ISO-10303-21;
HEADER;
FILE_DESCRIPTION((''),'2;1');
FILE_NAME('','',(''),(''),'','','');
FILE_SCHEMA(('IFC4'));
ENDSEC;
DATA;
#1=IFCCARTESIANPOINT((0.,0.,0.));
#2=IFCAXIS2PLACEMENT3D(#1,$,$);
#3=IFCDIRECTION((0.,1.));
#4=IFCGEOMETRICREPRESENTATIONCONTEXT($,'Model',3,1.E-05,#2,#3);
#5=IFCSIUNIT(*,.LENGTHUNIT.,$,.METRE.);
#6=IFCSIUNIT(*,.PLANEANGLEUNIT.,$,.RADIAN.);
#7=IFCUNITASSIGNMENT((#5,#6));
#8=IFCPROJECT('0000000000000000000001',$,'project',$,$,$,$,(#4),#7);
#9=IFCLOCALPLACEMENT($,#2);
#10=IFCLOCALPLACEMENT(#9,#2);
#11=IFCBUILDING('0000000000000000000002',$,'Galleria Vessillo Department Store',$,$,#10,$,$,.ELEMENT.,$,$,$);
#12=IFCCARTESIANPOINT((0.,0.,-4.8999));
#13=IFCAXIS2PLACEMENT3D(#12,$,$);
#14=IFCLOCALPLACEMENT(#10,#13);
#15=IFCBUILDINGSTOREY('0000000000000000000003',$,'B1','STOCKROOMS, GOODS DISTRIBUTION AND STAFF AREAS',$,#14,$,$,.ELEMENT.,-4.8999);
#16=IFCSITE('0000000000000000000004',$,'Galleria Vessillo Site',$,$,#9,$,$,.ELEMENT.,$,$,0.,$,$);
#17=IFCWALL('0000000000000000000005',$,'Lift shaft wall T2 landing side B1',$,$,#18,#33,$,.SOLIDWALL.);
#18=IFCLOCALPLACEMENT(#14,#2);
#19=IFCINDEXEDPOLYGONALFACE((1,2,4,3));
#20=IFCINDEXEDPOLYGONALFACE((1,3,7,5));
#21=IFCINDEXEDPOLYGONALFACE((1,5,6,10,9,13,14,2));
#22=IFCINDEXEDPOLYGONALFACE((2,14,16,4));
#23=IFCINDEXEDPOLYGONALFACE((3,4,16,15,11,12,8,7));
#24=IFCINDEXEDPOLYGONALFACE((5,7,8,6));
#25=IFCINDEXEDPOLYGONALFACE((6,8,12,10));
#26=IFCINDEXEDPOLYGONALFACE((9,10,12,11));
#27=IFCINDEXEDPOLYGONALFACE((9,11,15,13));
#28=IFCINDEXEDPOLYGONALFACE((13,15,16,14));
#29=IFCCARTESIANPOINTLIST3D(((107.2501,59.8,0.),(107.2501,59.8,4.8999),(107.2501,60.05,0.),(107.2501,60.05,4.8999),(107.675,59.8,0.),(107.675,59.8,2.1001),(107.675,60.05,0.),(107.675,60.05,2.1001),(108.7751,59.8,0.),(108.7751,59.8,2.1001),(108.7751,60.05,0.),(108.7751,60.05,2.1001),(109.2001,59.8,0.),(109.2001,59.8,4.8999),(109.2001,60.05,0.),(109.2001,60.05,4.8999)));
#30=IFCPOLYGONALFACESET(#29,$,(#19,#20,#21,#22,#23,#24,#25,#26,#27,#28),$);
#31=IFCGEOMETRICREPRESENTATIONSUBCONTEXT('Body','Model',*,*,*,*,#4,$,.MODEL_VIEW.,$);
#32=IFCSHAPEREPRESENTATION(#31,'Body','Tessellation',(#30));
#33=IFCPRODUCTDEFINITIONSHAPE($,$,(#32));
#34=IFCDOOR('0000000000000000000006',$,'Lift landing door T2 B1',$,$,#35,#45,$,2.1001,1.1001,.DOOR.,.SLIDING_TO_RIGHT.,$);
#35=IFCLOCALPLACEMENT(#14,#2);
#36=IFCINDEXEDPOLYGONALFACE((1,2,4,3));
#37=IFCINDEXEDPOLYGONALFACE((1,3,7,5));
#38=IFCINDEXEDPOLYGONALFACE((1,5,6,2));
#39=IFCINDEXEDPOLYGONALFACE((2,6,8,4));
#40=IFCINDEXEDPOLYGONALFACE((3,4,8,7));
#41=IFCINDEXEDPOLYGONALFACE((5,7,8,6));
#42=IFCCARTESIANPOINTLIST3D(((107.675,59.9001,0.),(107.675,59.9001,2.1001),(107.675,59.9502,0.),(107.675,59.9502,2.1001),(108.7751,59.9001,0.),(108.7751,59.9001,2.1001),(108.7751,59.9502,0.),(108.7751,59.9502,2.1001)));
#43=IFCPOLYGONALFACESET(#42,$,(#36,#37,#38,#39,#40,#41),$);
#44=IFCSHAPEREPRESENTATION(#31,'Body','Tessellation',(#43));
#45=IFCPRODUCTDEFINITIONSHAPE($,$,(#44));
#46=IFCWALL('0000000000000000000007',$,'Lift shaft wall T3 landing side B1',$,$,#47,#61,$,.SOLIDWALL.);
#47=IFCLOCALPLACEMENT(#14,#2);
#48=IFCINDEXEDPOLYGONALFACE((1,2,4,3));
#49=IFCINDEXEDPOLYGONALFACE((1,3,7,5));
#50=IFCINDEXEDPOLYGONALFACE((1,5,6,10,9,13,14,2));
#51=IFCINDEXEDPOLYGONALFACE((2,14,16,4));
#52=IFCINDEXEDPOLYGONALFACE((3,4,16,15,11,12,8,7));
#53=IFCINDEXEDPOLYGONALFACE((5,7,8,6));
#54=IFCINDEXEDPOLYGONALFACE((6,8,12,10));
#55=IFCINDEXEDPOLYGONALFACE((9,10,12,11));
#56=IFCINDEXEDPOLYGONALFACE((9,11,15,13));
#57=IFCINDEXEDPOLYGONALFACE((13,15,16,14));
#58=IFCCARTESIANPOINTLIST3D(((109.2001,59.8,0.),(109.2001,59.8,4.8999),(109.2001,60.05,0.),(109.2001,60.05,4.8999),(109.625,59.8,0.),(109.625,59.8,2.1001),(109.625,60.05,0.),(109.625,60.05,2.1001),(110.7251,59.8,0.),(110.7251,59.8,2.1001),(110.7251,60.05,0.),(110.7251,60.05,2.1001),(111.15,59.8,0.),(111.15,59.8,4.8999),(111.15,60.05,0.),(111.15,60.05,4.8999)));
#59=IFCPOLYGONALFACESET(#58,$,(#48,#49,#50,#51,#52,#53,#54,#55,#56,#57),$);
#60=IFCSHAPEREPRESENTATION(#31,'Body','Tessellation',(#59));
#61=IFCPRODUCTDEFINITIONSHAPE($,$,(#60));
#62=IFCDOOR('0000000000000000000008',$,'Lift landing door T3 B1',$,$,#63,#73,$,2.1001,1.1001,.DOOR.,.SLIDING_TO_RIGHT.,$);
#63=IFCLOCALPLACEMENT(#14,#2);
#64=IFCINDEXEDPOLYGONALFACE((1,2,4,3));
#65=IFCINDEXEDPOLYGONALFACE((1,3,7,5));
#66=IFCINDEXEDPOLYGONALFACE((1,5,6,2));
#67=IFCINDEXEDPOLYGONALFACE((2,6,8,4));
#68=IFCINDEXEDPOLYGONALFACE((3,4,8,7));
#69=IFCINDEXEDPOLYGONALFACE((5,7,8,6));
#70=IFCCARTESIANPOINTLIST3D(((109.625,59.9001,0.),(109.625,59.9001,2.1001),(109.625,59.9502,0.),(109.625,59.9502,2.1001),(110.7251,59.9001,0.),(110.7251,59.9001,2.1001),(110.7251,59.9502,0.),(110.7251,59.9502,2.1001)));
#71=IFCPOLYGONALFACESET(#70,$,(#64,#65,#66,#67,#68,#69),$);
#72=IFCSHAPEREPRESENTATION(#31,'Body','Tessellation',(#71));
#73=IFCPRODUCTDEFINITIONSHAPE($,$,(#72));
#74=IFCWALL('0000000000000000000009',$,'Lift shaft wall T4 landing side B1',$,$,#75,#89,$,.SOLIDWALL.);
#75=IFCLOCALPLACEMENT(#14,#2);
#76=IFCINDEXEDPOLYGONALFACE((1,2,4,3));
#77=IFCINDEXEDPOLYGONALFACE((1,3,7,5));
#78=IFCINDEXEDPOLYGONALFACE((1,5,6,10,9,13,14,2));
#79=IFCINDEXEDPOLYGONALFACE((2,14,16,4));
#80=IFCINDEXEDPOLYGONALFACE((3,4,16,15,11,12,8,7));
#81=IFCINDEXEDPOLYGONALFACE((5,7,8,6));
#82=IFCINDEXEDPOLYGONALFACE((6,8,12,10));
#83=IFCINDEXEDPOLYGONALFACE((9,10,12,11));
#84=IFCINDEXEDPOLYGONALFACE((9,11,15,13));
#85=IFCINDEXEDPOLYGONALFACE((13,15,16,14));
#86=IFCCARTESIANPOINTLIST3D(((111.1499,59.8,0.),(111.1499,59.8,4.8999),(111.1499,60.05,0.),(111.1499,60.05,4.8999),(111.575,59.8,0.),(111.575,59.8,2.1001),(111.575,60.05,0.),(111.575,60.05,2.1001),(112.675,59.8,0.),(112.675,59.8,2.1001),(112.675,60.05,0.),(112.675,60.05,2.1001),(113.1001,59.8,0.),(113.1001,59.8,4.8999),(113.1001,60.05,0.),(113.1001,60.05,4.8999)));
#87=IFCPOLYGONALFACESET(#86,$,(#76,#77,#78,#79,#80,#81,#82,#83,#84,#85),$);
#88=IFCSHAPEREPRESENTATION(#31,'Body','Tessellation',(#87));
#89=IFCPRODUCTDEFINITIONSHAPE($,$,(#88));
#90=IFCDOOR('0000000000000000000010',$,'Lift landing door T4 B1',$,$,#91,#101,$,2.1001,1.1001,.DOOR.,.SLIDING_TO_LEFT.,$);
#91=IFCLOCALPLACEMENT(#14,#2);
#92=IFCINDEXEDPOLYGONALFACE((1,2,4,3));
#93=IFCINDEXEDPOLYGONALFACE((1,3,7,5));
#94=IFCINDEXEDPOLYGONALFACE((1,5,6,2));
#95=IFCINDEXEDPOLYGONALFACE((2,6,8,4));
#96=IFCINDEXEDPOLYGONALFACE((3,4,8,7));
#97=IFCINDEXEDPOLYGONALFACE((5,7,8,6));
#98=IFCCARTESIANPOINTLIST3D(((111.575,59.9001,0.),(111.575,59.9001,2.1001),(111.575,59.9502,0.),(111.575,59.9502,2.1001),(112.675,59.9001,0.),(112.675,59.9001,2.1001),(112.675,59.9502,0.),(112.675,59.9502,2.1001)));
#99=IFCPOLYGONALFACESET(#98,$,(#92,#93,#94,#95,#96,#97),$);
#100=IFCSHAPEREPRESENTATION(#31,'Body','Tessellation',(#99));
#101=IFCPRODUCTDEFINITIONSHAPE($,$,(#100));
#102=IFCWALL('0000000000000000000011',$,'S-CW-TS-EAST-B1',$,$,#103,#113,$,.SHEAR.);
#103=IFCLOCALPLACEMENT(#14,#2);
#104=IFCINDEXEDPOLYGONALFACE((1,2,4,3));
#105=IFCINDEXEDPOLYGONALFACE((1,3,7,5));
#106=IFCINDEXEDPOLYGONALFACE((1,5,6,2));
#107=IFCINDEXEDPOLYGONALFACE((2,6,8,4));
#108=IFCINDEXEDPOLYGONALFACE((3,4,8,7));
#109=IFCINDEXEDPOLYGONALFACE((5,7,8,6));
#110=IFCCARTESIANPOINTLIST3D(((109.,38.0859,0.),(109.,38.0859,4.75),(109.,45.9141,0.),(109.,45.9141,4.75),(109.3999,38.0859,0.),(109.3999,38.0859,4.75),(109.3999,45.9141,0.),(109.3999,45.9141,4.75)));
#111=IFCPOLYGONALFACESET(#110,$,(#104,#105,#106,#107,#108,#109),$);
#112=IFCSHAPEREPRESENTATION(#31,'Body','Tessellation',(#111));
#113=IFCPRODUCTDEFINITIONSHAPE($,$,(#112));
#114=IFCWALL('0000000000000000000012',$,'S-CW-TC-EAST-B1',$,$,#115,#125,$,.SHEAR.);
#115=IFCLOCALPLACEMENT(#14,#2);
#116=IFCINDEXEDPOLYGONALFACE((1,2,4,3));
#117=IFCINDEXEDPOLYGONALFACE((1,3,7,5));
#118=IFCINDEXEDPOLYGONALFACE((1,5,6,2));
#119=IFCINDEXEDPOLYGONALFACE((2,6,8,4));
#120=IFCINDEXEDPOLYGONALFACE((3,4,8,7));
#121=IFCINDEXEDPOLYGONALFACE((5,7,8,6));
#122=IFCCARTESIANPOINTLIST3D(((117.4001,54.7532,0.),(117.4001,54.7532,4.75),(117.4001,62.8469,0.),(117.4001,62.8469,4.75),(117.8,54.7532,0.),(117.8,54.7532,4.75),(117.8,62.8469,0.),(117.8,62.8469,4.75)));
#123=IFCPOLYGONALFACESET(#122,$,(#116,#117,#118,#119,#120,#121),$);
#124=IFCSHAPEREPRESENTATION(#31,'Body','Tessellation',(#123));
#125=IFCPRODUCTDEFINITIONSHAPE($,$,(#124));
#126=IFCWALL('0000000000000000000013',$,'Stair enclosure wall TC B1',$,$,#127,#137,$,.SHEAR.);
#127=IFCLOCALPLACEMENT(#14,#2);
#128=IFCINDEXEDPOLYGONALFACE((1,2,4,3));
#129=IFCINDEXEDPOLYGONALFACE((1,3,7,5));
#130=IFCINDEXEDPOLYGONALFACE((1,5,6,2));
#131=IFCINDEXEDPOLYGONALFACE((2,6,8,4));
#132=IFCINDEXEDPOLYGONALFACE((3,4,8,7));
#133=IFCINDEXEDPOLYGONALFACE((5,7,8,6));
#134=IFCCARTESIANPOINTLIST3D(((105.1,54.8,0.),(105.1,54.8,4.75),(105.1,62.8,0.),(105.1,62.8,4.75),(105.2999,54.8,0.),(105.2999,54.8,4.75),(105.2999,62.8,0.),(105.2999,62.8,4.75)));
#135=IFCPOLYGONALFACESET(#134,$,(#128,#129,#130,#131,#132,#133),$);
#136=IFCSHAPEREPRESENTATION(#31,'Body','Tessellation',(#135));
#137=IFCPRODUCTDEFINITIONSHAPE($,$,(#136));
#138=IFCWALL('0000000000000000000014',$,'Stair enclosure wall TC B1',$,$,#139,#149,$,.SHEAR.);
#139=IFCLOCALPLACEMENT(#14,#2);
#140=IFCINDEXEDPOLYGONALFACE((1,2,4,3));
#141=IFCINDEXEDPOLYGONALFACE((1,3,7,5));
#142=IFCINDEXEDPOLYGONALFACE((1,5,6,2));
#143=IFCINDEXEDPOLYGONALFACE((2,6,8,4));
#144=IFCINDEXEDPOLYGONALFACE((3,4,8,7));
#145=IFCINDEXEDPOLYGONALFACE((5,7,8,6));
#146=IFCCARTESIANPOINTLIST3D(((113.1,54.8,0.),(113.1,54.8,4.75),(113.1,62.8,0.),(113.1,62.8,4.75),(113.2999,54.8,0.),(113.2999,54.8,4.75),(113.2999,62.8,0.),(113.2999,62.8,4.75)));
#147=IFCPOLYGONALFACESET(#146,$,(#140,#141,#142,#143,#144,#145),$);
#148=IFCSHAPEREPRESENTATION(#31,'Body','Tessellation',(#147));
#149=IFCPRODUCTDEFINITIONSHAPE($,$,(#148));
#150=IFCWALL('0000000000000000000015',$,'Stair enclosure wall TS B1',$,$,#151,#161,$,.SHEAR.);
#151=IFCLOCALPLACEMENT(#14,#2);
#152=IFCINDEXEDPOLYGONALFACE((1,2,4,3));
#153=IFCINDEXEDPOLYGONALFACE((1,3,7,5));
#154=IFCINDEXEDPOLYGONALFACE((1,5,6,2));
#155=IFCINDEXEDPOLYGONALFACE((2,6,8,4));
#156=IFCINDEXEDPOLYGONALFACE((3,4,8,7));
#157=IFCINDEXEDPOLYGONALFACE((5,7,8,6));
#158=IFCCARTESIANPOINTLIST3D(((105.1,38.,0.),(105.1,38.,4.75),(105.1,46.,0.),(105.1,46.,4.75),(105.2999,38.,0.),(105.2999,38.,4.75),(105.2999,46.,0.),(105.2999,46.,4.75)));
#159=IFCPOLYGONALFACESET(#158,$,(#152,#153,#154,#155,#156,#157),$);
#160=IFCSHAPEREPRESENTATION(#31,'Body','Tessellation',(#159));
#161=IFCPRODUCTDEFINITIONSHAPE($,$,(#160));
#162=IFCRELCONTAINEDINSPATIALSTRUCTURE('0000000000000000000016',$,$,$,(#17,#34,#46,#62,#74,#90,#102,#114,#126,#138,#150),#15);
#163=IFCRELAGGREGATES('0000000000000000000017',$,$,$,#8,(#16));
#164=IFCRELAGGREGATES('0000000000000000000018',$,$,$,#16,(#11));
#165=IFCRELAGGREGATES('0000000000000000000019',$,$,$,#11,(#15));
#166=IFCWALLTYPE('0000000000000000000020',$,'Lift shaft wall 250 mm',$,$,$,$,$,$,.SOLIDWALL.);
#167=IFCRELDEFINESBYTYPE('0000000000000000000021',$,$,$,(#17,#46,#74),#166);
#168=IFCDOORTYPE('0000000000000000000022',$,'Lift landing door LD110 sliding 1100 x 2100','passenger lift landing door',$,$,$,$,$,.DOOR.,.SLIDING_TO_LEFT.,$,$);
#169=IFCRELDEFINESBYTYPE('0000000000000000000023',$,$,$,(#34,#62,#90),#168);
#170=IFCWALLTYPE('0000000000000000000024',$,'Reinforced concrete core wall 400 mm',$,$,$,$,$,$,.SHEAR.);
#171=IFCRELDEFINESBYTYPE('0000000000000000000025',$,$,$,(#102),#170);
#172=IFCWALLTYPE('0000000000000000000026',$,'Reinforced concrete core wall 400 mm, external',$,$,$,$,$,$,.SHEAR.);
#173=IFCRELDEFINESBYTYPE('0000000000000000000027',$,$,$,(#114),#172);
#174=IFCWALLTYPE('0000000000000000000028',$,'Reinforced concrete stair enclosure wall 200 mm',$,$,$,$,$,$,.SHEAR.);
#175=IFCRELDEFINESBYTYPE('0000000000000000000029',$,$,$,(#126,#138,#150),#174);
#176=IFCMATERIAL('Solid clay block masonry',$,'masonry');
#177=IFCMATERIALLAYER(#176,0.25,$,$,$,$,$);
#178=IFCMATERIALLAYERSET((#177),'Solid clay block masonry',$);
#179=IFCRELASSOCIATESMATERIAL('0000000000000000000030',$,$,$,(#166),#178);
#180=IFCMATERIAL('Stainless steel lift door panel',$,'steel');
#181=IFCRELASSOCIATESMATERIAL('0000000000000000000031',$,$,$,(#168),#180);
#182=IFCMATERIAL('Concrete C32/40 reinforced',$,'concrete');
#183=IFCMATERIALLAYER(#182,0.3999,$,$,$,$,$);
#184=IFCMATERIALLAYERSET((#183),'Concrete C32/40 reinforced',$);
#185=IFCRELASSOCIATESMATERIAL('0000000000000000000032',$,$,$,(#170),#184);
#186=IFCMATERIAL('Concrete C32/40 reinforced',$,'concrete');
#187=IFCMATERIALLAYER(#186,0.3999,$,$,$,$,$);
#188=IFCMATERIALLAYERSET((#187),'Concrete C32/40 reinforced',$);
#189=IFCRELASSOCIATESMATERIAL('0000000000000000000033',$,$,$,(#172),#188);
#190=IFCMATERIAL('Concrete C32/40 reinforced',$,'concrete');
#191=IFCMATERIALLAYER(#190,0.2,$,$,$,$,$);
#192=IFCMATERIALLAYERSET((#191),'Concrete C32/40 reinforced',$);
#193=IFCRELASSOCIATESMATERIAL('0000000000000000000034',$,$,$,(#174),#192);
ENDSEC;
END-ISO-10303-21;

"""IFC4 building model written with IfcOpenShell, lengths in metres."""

from ifc_helpers import new_model, si_unit, direction, frame, frame_2d, origin, place, context, subcontext, project, spatial, rectangle, extrude, material, layer, layer_set, type_object, element, fill, save


model = new_model("IFC4")

# Units and contexts
model_context = context("Model", 3, precision=1e-05, world=origin(), true_north=direction((0.0, 1.0)))
body_context = subcontext(model_context, "Body", "Model", "MODEL_VIEW")
ifc_project = project(units=[si_unit("LENGTHUNIT", "METRE"), si_unit("PLANEANGLEUNIT", "RADIAN")], contexts=[model_context])

# Site, building, storey
site_placement = place(None, origin())
site = spatial("IfcSite", under=ifc_project, at=site_placement, Name="Galleria Vessillo Site", CompositionType="ELEMENT", RefElevation=0.0)
building_placement = place(site_placement, origin())
building = spatial("IfcBuilding", under=site, at=building_placement, Name="Galleria Vessillo Department Store", CompositionType="ELEMENT")
storey_placement = place(building_placement, frame((0.0, 0.0, -4.8999)))
storey = spatial("IfcBuildingStorey", under=building, at=storey_placement, Name="B1", Description="STOCKROOMS, GOODS DISTRIBUTION AND STAFF AREAS", CompositionType="ELEMENT", Elevation=-4.8999)

# Walls, openings, doors
ifc_material_1 = material(Name="Solid clay block masonry", Category="masonry")
ifc_layer_1 = layer(ifc_material_1, 0.25)
ifc_layer_set_1 = layer_set([ifc_layer_1], Name="Solid clay block masonry")
wall_type_1 = type_object("IfcWallType", Name="Lift shaft wall 250 mm", PredefinedType="SOLIDWALL", material=ifc_layer_set_1)
ifc_material_2 = material(Name="Stainless steel lift door panel", Category="steel")
door_type = type_object("IfcDoorType", Name="Lift landing door LD110 sliding 1100 x 2100", Description="passenger lift landing door", OperationType="SLIDING_TO_LEFT", PredefinedType="DOOR", material=ifc_material_2)
wall_1_placement = place(storey_placement, frame((107.25, 59.925, 0.0), z_axis=(0.0, 0.0, 1.0), x_axis=(1.0, 0.0, 0.0)))
wall_1 = element("IfcWall", 1, at=wall_1_placement, inside=storey, type_object=wall_type_1, Name="Lift shaft wall T2 landing side B1", PredefinedType="SOLIDWALL", context=body_context, shape_type="SweptSolid", body=[
    extrude(rectangle(XDim=1.95, YDim=0.25, at=frame_2d((0.9751, 0.0))), origin(), (0.0, 0.0, 1.0), 4.8999),
])
opening_1_placement = place(wall_1_placement, frame((0.425, 0.0, 0.0)))
opening_1 = element("IfcOpeningElement", 2, at=opening_1_placement, cuts=wall_1, PredefinedType="OPENING", context=body_context, shape_type="SweptSolid", body=[
    extrude(rectangle(XDim=1.1001, YDim=2.1001, at=frame_2d((0.55, 1.05))), frame((0.0, 0.135, 0.0), z_axis=(0.0, -1.0, 0.0), x_axis=(1.0, 0.0, 0.0)), (0.0, 0.0, 1.0), 0.27),
])
door_1_placement = place(opening_1_placement, frame((1.1001, 0.0, 0.0), z_axis=(0.0, 0.0, 1.0), x_axis=(-1.0, 0.0, 0.0)))
door_1 = element("IfcDoor", 3, at=door_1_placement, inside=storey, type_object=door_type, Name="Lift landing door T2 B1", OperationType="SLIDING_TO_RIGHT", OverallHeight=2.1001, OverallWidth=1.1001, PredefinedType="DOOR", context=body_context, shape_type="SweptSolid", body=[
    extrude(rectangle(XDim=1.1001, YDim=2.1001, at=frame_2d((0.55, 1.05))), frame((0.0, 0.0249, 0.0), z_axis=(0.0, -1.0, 0.0), x_axis=(1.0, 0.0, 0.0)), (0.0, 0.0, 1.0), 0.05),
])
fill(opening_1, door_1)
wall_2_placement = place(storey_placement, frame((109.2, 59.925, 0.0), z_axis=(0.0, 0.0, 1.0), x_axis=(1.0, 0.0, 0.0)))
wall_2 = element("IfcWall", 4, at=wall_2_placement, inside=storey, type_object=wall_type_1, Name="Lift shaft wall T3 landing side B1", PredefinedType="SOLIDWALL", context=body_context, shape_type="SweptSolid", body=[
    extrude(rectangle(XDim=1.95, YDim=0.25, at=frame_2d((0.9751, 0.0))), origin(), (0.0, 0.0, 1.0), 4.8999),
])
opening_2_placement = place(wall_2_placement, frame((0.425, 0.0, 0.0)))
opening_2 = element("IfcOpeningElement", 5, at=opening_2_placement, cuts=wall_2, PredefinedType="OPENING", context=body_context, shape_type="SweptSolid", body=[
    extrude(rectangle(XDim=1.1001, YDim=2.1001, at=frame_2d((0.55, 1.05))), frame((0.0, 0.135, 0.0), z_axis=(0.0, -1.0, 0.0), x_axis=(1.0, 0.0, 0.0)), (0.0, 0.0, 1.0), 0.27),
])
door_2_placement = place(opening_2_placement, frame((1.1001, 0.0, 0.0), z_axis=(0.0, 0.0, 1.0), x_axis=(-1.0, 0.0, 0.0)))
door_2 = element("IfcDoor", 6, at=door_2_placement, inside=storey, type_object=door_type, Name="Lift landing door T3 B1", OperationType="SLIDING_TO_RIGHT", OverallHeight=2.1001, OverallWidth=1.1001, PredefinedType="DOOR", context=body_context, shape_type="SweptSolid", body=[
    extrude(rectangle(XDim=1.1001, YDim=2.1001, at=frame_2d((0.55, 1.05))), frame((0.0, 0.0249, 0.0), z_axis=(0.0, -1.0, 0.0), x_axis=(1.0, 0.0, 0.0)), (0.0, 0.0, 1.0), 0.05),
])
fill(opening_2, door_2)
wall_3_placement = place(storey_placement, frame((111.1499, 59.925, 0.0), z_axis=(0.0, 0.0, 1.0), x_axis=(1.0, 0.0, 0.0)))
wall_3 = element("IfcWall", 7, at=wall_3_placement, inside=storey, type_object=wall_type_1, Name="Lift shaft wall T4 landing side B1", PredefinedType="SOLIDWALL", context=body_context, shape_type="SweptSolid", body=[
    extrude(rectangle(XDim=1.9502, YDim=0.25, at=frame_2d((0.9751, 0.0))), origin(), (0.0, 0.0, 1.0), 4.8999),
])
opening_3_placement = place(wall_3_placement, frame((0.425, 0.0, 0.0)))
opening_3 = element("IfcOpeningElement", 8, at=opening_3_placement, cuts=wall_3, PredefinedType="OPENING", context=body_context, shape_type="SweptSolid", body=[
    extrude(rectangle(XDim=1.1001, YDim=2.1001, at=frame_2d((0.55, 1.05))), frame((0.0, 0.135, 0.0), z_axis=(0.0, -1.0, 0.0), x_axis=(1.0, 0.0, 0.0)), (0.0, 0.0, 1.0), 0.27),
])
door_3_placement = place(opening_3_placement, frame((1.1001, 0.0, 0.0), z_axis=(0.0, 0.0, 1.0), x_axis=(-1.0, 0.0, 0.0)))
door_3 = element("IfcDoor", 9, at=door_3_placement, inside=storey, type_object=door_type, Name="Lift landing door T4 B1", OperationType="SLIDING_TO_LEFT", OverallHeight=2.1001, OverallWidth=1.1001, PredefinedType="DOOR", context=body_context, shape_type="SweptSolid", body=[
    extrude(rectangle(XDim=1.1001, YDim=2.1001, at=frame_2d((0.55, 1.05))), frame((0.0, 0.0249, 0.0), z_axis=(0.0, -1.0, 0.0), x_axis=(1.0, 0.0, 0.0)), (0.0, 0.0, 1.0), 0.05),
])
fill(opening_3, door_3)

# Walls
ifc_material_3 = material(Name="Concrete C32/40 reinforced", Category="concrete")
ifc_layer_2 = layer(ifc_material_3, 0.3999)
ifc_layer_set_2 = layer_set([ifc_layer_2], Name="Concrete C32/40 reinforced")
wall_type_2 = type_object("IfcWallType", Name="Reinforced concrete core wall 400 mm", PredefinedType="SHEAR", material=ifc_layer_set_2)
wall_4_placement = place(storey_placement, frame((109.2, 38.0859, 0.0), z_axis=(0.0, 0.0, 1.0), x_axis=(0.0, 1.0, 0.0)))
element("IfcWall", 10, at=wall_4_placement, inside=storey, type_object=wall_type_2, Name="S-CW-TS-EAST-B1", PredefinedType="SHEAR", context=body_context, shape_type="SweptSolid", body=[
    extrude(rectangle(XDim=7.8281, YDim=0.3999, at=frame_2d((3.9141, 0.0))), origin(), (0.0, 0.0, 1.0), 4.75),
])
ifc_material_4 = material(Name="Concrete C32/40 reinforced", Category="concrete")
ifc_layer_3 = layer(ifc_material_4, 0.3999)
ifc_layer_set_3 = layer_set([ifc_layer_3], Name="Concrete C32/40 reinforced")
wall_type_3 = type_object("IfcWallType", Name="Reinforced concrete core wall 400 mm, external", PredefinedType="SHEAR", material=ifc_layer_set_3)
wall_5_placement = place(storey_placement, frame((117.6001, 54.7532, 0.0), z_axis=(0.0, 0.0, 1.0), x_axis=(0.0, 1.0, 0.0)))
element("IfcWall", 11, at=wall_5_placement, inside=storey, type_object=wall_type_3, Name="S-CW-TC-EAST-B1", PredefinedType="SHEAR", context=body_context, shape_type="SweptSolid", body=[
    extrude(rectangle(XDim=8.0938, YDim=0.3999, at=frame_2d((4.0469, 0.0))), origin(), (0.0, 0.0, 1.0), 4.75),
])
ifc_material_5 = material(Name="Concrete C32/40 reinforced", Category="concrete")
ifc_layer_4 = layer(ifc_material_5, 0.2)
ifc_layer_set_4 = layer_set([ifc_layer_4], Name="Concrete C32/40 reinforced")
wall_type_4 = type_object("IfcWallType", Name="Reinforced concrete stair enclosure wall 200 mm", PredefinedType="SHEAR", material=ifc_layer_set_4)
for number, where, z_axis, x_axis, name in (
    (12, (105.2, 62.8, 0.0), (0.0, 0.0, 1.0), (0.0, -1.0, 0.0), "Stair enclosure wall TC B1"),
    (13, (113.2, 62.8, 0.0), (0.0, 0.0, 1.0), (0.0, -1.0, 0.0), "Stair enclosure wall TC B1"),
    (14, (105.2, 38.0, 0.0), (0.0, 0.0, 1.0), (0.0, 1.0, 0.0), "Stair enclosure wall TS B1"),
):
    element("IfcWall", number, at=place(storey_placement, frame(where, z_axis=z_axis, x_axis=x_axis)), inside=storey, type_object=wall_type_4, Name=name, PredefinedType="SHEAR", context=body_context, shape_type="SweptSolid", body=[
        extrude(rectangle(XDim=8.0, YDim=0.2, at=frame_2d((4.0, 0.0))), origin(), (0.0, 0.0, 1.0), 4.75),
    ])

save(model, "model.ifc")
